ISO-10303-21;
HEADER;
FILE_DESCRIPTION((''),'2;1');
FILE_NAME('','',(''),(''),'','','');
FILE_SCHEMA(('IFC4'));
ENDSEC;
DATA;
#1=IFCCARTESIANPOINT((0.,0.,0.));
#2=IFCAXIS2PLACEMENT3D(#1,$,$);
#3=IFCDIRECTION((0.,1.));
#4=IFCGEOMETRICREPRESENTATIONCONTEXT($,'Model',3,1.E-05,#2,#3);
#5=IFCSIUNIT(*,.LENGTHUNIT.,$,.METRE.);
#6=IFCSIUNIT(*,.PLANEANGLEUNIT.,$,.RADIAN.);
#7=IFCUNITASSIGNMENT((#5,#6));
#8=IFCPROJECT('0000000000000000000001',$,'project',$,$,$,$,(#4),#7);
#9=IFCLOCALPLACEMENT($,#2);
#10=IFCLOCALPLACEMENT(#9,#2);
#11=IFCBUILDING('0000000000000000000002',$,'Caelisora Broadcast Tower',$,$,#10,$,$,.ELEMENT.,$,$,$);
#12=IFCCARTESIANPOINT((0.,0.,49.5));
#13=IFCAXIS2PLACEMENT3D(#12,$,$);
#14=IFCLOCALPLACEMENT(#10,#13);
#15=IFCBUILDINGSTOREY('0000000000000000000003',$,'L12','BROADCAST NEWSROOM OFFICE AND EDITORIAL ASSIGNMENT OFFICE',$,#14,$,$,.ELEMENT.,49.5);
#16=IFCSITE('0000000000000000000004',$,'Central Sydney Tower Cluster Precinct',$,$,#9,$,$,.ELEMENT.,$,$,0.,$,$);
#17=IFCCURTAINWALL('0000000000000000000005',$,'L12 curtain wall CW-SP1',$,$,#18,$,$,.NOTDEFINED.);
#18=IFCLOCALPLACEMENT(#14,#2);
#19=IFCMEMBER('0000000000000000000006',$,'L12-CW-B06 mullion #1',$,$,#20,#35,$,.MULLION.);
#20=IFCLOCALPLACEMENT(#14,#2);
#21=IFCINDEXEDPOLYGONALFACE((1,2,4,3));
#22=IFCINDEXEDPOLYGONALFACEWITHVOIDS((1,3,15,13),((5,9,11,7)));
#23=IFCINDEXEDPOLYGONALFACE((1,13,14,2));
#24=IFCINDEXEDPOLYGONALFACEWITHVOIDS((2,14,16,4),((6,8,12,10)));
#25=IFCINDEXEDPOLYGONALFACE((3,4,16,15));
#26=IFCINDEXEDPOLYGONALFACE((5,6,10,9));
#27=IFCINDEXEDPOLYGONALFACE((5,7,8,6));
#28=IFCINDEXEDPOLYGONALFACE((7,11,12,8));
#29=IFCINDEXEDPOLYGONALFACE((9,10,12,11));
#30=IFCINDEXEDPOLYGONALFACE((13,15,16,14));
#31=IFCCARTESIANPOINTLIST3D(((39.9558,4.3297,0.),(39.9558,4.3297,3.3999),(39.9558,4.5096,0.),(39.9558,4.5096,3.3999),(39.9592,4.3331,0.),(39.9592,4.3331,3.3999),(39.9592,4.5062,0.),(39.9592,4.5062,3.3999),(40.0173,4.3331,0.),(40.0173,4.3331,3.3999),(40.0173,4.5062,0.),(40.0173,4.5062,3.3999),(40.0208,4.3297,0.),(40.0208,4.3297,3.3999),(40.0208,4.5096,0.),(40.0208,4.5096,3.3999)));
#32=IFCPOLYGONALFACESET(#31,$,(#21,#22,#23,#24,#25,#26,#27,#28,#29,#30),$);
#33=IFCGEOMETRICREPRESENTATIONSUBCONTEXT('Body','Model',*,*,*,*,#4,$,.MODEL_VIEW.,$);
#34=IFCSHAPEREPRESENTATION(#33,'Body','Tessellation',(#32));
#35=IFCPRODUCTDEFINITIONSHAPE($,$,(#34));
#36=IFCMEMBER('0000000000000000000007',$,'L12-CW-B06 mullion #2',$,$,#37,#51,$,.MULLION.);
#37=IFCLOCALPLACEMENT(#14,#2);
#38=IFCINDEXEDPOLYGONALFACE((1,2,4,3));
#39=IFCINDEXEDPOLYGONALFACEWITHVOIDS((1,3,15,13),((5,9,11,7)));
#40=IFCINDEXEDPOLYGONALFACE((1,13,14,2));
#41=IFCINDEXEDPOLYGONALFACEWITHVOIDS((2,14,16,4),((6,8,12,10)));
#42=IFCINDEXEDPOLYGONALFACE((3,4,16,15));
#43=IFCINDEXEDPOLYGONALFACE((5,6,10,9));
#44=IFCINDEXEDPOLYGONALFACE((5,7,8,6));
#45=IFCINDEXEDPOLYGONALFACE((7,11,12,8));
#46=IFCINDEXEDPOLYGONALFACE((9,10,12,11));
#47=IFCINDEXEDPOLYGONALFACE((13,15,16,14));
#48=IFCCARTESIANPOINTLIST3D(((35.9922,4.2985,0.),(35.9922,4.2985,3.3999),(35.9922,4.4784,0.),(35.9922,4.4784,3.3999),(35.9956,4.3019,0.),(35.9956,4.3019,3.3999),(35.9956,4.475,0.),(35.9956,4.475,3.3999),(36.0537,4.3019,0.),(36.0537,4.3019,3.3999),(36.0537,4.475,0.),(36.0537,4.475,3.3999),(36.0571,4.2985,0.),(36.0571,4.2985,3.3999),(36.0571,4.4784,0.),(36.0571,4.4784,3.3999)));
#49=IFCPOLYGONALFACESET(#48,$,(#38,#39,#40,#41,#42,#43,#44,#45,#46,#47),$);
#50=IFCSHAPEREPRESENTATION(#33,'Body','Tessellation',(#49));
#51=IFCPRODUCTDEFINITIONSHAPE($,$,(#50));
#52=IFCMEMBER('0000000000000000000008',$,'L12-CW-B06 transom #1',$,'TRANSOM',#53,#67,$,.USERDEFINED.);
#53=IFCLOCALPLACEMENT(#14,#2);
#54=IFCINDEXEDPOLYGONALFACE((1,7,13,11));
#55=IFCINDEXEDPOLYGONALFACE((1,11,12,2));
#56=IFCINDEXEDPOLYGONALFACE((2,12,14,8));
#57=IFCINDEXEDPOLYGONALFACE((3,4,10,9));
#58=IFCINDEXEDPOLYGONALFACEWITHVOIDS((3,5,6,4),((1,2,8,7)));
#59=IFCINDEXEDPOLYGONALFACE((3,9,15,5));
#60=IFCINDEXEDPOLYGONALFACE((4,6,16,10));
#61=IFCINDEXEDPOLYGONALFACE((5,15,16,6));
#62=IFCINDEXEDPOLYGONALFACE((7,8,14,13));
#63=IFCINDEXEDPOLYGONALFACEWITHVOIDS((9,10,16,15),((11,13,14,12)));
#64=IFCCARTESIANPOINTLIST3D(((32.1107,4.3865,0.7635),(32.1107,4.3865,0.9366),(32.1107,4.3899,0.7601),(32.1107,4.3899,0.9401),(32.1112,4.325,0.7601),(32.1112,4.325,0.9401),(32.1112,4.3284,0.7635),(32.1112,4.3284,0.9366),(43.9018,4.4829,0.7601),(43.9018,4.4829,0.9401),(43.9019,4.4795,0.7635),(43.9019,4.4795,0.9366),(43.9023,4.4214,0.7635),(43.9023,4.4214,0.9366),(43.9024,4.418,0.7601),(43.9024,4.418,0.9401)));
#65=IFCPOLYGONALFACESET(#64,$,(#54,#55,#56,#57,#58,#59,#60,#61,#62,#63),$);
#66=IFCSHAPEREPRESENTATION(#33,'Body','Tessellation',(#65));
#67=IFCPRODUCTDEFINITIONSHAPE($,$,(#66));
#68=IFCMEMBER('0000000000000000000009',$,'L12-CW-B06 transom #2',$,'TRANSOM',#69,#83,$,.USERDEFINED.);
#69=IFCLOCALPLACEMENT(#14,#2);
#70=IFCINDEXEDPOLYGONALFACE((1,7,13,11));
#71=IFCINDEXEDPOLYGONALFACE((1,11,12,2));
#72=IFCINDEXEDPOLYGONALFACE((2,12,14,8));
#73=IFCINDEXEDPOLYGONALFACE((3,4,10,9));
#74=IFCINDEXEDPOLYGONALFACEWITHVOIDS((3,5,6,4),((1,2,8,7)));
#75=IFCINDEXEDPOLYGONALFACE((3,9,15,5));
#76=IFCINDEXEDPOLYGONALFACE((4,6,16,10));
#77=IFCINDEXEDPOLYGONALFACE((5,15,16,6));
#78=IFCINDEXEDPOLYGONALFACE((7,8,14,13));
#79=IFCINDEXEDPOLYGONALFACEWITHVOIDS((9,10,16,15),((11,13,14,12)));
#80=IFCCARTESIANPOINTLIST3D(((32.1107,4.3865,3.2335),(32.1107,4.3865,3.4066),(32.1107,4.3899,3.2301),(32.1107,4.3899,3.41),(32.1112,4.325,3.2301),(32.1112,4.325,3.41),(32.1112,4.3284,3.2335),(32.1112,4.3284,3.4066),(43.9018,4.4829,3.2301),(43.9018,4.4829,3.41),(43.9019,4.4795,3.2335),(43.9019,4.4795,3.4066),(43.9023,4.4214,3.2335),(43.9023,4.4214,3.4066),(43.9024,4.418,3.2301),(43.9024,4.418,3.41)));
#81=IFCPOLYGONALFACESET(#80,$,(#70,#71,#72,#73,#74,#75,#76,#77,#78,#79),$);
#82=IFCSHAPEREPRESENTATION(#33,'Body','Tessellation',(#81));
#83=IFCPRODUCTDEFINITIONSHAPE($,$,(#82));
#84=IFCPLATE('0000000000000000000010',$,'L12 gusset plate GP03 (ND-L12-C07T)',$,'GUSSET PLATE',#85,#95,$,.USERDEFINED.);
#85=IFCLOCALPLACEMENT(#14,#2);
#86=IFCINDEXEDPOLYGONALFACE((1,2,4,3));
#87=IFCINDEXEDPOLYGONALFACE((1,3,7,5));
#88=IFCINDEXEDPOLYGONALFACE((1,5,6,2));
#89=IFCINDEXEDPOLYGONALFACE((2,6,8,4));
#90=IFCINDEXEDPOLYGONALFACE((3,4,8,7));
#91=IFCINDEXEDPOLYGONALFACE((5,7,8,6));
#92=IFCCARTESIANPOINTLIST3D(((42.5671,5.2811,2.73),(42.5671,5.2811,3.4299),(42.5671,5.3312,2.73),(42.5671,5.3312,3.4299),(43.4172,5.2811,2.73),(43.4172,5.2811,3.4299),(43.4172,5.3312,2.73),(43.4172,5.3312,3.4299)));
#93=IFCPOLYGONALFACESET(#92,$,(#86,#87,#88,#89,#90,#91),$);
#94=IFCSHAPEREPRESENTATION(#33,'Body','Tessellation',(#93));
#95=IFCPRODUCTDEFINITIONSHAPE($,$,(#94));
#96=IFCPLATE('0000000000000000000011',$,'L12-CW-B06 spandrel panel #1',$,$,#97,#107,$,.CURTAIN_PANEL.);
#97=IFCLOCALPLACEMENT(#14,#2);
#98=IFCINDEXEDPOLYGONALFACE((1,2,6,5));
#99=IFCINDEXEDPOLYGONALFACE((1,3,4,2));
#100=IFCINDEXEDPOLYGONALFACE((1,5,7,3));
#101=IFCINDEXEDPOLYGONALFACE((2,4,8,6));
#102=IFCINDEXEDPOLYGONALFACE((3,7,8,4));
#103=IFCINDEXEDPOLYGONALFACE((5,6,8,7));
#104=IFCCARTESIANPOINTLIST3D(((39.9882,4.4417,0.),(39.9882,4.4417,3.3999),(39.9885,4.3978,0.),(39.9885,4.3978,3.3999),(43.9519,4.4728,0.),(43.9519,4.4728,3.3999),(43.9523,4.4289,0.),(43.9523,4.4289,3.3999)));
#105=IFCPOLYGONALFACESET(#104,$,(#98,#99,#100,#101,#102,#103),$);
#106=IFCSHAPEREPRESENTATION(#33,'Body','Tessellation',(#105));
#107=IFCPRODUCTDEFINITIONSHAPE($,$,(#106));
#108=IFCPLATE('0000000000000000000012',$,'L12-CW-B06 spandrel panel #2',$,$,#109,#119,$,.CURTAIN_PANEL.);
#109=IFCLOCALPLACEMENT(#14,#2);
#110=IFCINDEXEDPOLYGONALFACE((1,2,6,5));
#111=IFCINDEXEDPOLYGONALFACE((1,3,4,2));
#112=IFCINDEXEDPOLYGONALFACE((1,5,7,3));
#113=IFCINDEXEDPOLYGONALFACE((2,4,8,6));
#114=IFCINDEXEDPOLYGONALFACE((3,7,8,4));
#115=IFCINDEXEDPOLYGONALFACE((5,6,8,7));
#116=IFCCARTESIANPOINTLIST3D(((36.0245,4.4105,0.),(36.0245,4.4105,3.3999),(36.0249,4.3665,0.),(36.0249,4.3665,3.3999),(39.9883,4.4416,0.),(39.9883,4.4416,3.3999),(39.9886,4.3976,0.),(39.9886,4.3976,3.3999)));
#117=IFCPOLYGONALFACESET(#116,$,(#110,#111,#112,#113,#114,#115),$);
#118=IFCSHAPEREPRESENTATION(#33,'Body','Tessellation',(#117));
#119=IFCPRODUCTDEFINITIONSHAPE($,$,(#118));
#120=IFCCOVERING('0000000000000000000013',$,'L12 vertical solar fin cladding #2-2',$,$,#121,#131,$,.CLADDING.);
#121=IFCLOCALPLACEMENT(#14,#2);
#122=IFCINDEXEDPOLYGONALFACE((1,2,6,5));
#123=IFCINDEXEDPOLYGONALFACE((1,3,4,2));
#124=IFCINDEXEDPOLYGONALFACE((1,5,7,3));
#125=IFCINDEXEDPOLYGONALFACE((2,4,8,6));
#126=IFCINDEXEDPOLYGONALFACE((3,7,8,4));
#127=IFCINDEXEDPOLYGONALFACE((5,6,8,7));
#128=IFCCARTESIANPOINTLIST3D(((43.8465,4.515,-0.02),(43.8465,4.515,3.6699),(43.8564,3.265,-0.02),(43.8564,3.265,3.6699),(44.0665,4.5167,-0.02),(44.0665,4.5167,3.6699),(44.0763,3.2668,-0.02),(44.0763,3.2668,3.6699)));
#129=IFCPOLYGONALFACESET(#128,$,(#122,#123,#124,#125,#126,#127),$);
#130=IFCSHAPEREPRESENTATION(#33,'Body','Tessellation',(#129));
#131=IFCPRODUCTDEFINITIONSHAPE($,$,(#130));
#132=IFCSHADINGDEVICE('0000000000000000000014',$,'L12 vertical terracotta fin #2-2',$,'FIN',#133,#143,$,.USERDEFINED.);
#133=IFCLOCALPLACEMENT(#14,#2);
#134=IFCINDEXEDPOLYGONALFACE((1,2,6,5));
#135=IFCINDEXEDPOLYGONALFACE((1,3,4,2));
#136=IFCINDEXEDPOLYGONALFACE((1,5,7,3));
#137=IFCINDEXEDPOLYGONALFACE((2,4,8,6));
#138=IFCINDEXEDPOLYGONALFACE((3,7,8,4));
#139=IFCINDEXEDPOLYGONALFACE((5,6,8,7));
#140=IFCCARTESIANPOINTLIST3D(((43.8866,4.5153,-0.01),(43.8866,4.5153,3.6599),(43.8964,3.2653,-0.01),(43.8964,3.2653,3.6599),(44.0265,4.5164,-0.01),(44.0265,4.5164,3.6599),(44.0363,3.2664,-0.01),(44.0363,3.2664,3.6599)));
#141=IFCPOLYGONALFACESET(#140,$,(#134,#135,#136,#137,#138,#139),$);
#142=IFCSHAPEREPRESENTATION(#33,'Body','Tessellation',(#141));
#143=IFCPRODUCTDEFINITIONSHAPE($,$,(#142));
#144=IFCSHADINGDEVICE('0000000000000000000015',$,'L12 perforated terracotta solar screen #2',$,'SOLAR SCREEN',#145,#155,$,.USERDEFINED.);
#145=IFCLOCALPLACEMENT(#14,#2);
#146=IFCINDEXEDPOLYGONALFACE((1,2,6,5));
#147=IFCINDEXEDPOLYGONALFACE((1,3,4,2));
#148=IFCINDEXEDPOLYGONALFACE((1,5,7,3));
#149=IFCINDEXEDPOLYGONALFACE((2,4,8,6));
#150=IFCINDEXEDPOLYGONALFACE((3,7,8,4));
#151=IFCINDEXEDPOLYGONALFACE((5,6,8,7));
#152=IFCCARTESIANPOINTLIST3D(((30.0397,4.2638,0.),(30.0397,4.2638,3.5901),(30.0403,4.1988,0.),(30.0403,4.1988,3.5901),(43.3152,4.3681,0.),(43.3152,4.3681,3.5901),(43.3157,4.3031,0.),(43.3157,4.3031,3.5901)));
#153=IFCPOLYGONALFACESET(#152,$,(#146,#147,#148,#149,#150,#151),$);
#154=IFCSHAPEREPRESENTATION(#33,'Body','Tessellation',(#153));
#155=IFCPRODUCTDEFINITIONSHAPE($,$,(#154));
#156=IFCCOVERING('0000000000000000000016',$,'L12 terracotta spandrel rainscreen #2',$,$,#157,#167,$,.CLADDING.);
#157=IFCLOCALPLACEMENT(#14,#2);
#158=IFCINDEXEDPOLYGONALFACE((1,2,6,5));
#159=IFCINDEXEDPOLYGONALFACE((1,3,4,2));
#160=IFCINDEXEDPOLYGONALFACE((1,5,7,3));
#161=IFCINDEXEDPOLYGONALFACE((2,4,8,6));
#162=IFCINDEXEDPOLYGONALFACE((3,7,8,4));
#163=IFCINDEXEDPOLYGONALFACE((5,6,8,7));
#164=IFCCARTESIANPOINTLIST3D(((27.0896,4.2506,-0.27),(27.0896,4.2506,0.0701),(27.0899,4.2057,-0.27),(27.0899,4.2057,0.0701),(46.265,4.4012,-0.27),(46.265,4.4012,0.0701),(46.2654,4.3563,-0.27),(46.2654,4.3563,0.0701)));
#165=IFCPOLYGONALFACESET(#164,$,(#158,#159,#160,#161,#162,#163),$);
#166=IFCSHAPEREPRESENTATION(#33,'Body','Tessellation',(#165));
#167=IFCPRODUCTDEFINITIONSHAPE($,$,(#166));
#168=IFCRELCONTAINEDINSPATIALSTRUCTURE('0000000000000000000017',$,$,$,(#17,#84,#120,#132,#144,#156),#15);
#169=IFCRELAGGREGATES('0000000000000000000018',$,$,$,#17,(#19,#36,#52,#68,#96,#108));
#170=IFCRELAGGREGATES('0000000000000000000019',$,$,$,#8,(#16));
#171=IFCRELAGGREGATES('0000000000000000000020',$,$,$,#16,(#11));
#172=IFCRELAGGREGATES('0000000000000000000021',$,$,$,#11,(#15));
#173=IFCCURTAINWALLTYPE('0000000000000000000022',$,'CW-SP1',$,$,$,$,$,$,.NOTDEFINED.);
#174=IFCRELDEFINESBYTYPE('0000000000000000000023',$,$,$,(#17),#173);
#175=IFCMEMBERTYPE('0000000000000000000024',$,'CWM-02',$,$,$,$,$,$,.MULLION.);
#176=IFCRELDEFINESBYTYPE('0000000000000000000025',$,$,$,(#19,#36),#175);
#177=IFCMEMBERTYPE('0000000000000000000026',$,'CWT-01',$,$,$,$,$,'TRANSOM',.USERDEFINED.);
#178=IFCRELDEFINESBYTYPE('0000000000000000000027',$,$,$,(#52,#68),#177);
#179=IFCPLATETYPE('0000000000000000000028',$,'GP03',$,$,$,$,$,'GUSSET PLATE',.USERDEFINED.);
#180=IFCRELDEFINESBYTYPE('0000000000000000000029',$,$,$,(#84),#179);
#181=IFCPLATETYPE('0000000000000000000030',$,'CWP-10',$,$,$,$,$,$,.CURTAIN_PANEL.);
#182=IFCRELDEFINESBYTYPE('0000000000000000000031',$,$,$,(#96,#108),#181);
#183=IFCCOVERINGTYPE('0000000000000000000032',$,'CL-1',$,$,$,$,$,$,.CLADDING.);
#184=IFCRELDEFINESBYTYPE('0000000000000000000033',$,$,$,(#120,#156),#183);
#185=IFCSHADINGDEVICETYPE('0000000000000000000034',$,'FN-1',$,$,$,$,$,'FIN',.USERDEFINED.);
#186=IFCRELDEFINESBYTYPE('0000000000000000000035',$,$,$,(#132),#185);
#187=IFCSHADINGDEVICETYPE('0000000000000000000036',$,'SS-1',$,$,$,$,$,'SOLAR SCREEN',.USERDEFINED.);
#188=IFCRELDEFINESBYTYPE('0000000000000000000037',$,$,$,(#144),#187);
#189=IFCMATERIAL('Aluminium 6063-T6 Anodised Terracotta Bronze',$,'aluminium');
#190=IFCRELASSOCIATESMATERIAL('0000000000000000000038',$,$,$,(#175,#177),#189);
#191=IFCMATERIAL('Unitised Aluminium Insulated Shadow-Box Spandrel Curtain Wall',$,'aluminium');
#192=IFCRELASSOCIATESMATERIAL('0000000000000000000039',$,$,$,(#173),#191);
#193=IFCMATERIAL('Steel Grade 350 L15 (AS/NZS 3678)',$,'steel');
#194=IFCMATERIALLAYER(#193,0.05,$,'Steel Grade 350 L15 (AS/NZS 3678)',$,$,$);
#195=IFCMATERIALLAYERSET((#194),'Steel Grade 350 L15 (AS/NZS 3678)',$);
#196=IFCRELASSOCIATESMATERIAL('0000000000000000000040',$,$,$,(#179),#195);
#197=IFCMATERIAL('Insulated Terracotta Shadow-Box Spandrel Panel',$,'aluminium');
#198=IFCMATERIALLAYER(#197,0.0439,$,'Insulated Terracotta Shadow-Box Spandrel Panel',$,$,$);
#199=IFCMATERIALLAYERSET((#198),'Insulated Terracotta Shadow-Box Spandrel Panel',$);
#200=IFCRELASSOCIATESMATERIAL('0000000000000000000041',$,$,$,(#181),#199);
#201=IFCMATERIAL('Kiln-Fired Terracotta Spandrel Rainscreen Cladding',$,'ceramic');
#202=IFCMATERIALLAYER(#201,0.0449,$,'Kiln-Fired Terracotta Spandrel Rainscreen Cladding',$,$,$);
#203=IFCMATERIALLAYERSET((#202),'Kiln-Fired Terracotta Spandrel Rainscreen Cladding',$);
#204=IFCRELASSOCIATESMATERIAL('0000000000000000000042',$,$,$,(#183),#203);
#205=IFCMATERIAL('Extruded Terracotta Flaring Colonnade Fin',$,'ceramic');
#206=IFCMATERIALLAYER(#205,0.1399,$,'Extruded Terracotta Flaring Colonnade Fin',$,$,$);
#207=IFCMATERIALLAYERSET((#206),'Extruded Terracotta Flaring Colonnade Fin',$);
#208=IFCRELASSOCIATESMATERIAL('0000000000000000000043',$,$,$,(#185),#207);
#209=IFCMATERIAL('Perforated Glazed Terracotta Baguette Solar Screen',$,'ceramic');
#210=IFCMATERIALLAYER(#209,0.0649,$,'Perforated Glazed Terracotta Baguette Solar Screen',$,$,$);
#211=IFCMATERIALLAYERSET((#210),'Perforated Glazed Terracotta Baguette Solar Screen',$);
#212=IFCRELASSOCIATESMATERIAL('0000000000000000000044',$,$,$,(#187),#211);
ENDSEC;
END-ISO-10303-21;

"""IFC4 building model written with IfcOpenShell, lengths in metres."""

from ifc_helpers import new_model, si_unit, direction, frame, origin, origin_2d, place, context, subcontext, project, spatial, rectangle, hollow_rectangle, extrude, source, transform, mapped, material, layer, layer_set, material_profile, profile_set, type_object, type_shapes, element, aggregate, save


model = new_model("IFC4")

# Units and contexts
model_context = context("Model", 3, precision=1e-05, world=origin(), true_north=direction((0.0, 1.0)))
body_context = subcontext(model_context, "Body", "Model", "MODEL_VIEW")
ifc_project = project(units=[si_unit("LENGTHUNIT", "METRE"), si_unit("PLANEANGLEUNIT", "RADIAN")], contexts=[model_context])

# Site, building, storey
site_placement = place(None, origin())
site = spatial("IfcSite", under=ifc_project, at=site_placement, Name="Central Sydney Tower Cluster Precinct", CompositionType="ELEMENT", RefElevation=0.0)
building_placement = place(site_placement, origin())
building = spatial("IfcBuilding", under=site, at=building_placement, Name="Caelisora Broadcast Tower", CompositionType="ELEMENT")
storey_placement = place(building_placement, frame((0.0, 0.0, 49.5)))
storey = spatial("IfcBuildingStorey", under=building, at=storey_placement, Name="L12", Description="BROADCAST NEWSROOM OFFICE AND EDITORIAL ASSIGNMENT OFFICE", CompositionType="ELEMENT", Elevation=49.5)

# Shared definitions
ifc_material_1 = material(Name="Steel Grade 350 L15 (AS/NZS 3678)", Category="steel")

# Shared definitions
ifc_material_2 = material(Name="Aluminium 6063-T6 Anodised Terracotta Bronze", Category="aluminium")
ifc_material_profile_1 = material_profile(ifc_material_2, hollow_rectangle(XDim=0.0649, YDim=0.1799, WallThickness=0.0034, at=origin_2d()), Name="Aluminium 6063-T6 Anodised Terracotta Bronze")
ifc_profile_set_1 = profile_set([ifc_material_profile_1], Name="Aluminium 6063-T6 Anodised Terracotta Bronze")
member_type_1 = type_object("IfcMemberType", Name="CWM-02", PredefinedType="MULLION", material=ifc_profile_set_1)
shared_shape_1 = source(origin(), body_context, "Body", "SweptSolid", [
    extrude(hollow_rectangle(XDim=0.0649, YDim=0.1799, WallThickness=0.0034, at=origin_2d()), origin(), (0.0, 0.0, 1.0), 3.3999),
])
type_shapes(member_type_1, [shared_shape_1])

# Curtain wall, members
ifc_material_3 = material(Name="Unitised Aluminium Insulated Shadow-Box Spandrel Curtain Wall", Category="aluminium")
curtain_wall_type_1 = type_object("IfcCurtainWallType", Name="CW-SP1", PredefinedType="NOTDEFINED", material=ifc_material_3)
curtain_wall_1_placement = place(storey_placement, origin())
curtain_wall_1 = element("IfcCurtainWall", 1, at=curtain_wall_1_placement, inside=storey, type_object=curtain_wall_type_1, Name="L12 curtain wall CW-SP1", PredefinedType="NOTDEFINED")
member_1_placement = place(storey_placement, frame((39.9883, 4.4197, 0.0), z_axis=(0.0, 0.0, 1.0), x_axis=(1.0, 0.0, 0.0)))
member_1 = element("IfcMember", 2, at=member_1_placement, type_object=member_type_1, Name="L12-CW-B06 mullion #1", PredefinedType="MULLION", context=body_context, shape_type="MappedRepresentation", body=[
    mapped(shared_shape_1, transform((0.0, 0.0, 0.0), scale=1.0)),
])
member_2_placement = place(storey_placement, frame((36.0247, 4.3884, 0.0), z_axis=(0.0, 0.0, 1.0), x_axis=(1.0, 0.0, 0.0)))
member_2 = element("IfcMember", 3, at=member_2_placement, type_object=member_type_1, Name="L12-CW-B06 mullion #2", PredefinedType="MULLION", context=body_context, shape_type="MappedRepresentation", body=[
    mapped(shared_shape_1, transform((0.0, 0.0, 0.0), scale=1.0)),
])
ifc_material_profile_2 = material_profile(ifc_material_2, hollow_rectangle(XDim=0.0649, YDim=0.1799, WallThickness=0.0034, at=origin_2d()), Name="Aluminium 6063-T6 Anodised Terracotta Bronze")
ifc_profile_set_2 = profile_set([ifc_material_profile_2], Name="Aluminium 6063-T6 Anodised Terracotta Bronze")
member_type_2 = type_object("IfcMemberType", Name="CWT-01", ElementType="TRANSOM", PredefinedType="USERDEFINED", material=ifc_profile_set_2)
shared_shape_2 = source(origin(), body_context, "Body", "SweptSolid", [
    extrude(hollow_rectangle(XDim=0.0649, YDim=0.1799, WallThickness=0.0034, at=origin_2d()), origin(), (0.0, 0.0, 1.0), 11.7915),
])
type_shapes(member_type_2, [shared_shape_2])
member_3_placement = place(storey_placement, frame((43.9021, 4.4504, 0.8501), z_axis=(-0.999969, -0.007889, 0.0), x_axis=(0.007889, -0.999969, 0.0)))
member_3 = element("IfcMember", 4, at=member_3_placement, type_object=member_type_2, Name="L12-CW-B06 transom #1", ObjectType="TRANSOM", PredefinedType="USERDEFINED", context=body_context, shape_type="MappedRepresentation", body=[
    mapped(shared_shape_2, transform((0.0, 0.0, 0.0), scale=1.0)),
])
member_4_placement = place(storey_placement, frame((43.9021, 4.4504, 3.3201), z_axis=(-0.999969, -0.007889, 0.0), x_axis=(0.007889, -0.999969, 0.0)))
member_4 = element("IfcMember", 5, at=member_4_placement, type_object=member_type_2, Name="L12-CW-B06 transom #2", ObjectType="TRANSOM", PredefinedType="USERDEFINED", context=body_context, shape_type="MappedRepresentation", body=[
    mapped(shared_shape_2, transform((0.0, 0.0, 0.0), scale=1.0)),
])

# Plates
ifc_layer_1 = layer(ifc_material_1, 0.05, Name="Steel Grade 350 L15 (AS/NZS 3678)")
ifc_layer_set_1 = layer_set([ifc_layer_1], Name="Steel Grade 350 L15 (AS/NZS 3678)")
plate_type_1 = type_object("IfcPlateType", Name="GP03", ElementType="GUSSET PLATE", PredefinedType="USERDEFINED", material=ifc_layer_set_1)
shared_shape_3 = source(origin(), body_context, "Body", "SweptSolid", [
    extrude(rectangle(XDim=0.8501, YDim=0.05, at=origin_2d()), origin(), (0.0, 0.0, 1.0), 0.7),
])
type_shapes(plate_type_1, [shared_shape_3])
plate_1_placement = place(storey_placement, frame((42.9922, 5.3062, 2.73), z_axis=(0.0, 0.0, 1.0), x_axis=(1.0, 0.0, 0.0)))
element("IfcPlate", 6, at=plate_1_placement, inside=storey, type_object=plate_type_1, Name="L12 gusset plate GP03 (ND-L12-C07T)", ObjectType="GUSSET PLATE", PredefinedType="USERDEFINED", context=body_context, shape_type="MappedRepresentation", body=[
    mapped(shared_shape_3, transform((0.0, 0.0, 0.0), scale=1.0)),
])
ifc_material_4 = material(Name="Insulated Terracotta Shadow-Box Spandrel Panel", Category="aluminium")
ifc_layer_2 = layer(ifc_material_4, 0.0439, Name="Insulated Terracotta Shadow-Box Spandrel Panel")
ifc_layer_set_2 = layer_set([ifc_layer_2], Name="Insulated Terracotta Shadow-Box Spandrel Panel")
plate_type_2 = type_object("IfcPlateType", Name="CWP-10", PredefinedType="CURTAIN_PANEL", material=ifc_layer_set_2)
shared_shape_4 = source(origin(), body_context, "Body", "SweptSolid", [
    extrude(rectangle(XDim=3.9639, YDim=0.0439, at=origin_2d()), origin(), (0.0, 0.0, 1.0), 3.3999),
])
type_shapes(plate_type_2, [shared_shape_4])
plate_2_placement = place(storey_placement, frame((41.9702, 4.4353, 0.0), z_axis=(0.0, 0.0, 1.0), x_axis=(-0.999969, -0.007854, 0.0)))
plate_2 = element("IfcPlate", 7, at=plate_2_placement, type_object=plate_type_2, Name="L12-CW-B06 spandrel panel #1", PredefinedType="CURTAIN_PANEL", context=body_context, shape_type="MappedRepresentation", body=[
    mapped(shared_shape_4, transform((0.0, 0.0, 0.0), scale=1.0)),
])
plate_3_placement = place(storey_placement, frame((38.0066, 4.4041, 0.0), z_axis=(0.0, 0.0, 1.0), x_axis=(-0.999969, -0.007854, 0.0)))
plate_3 = element("IfcPlate", 8, at=plate_3_placement, type_object=plate_type_2, Name="L12-CW-B06 spandrel panel #2", PredefinedType="CURTAIN_PANEL", context=body_context, shape_type="MappedRepresentation", body=[
    mapped(shared_shape_4, transform((0.0, 0.0, 0.0), scale=1.0)),
])
aggregate(curtain_wall_1, [member_1, member_2, member_3, member_4, plate_2, plate_3])

# Covering
ifc_material_5 = material(Name="Kiln-Fired Terracotta Spandrel Rainscreen Cladding", Category="ceramic")
ifc_layer_3 = layer(ifc_material_5, 0.0449, Name="Kiln-Fired Terracotta Spandrel Rainscreen Cladding")
ifc_layer_set_3 = layer_set([ifc_layer_3], Name="Kiln-Fired Terracotta Spandrel Rainscreen Cladding")
covering_type = type_object("IfcCoveringType", Name="CL-1", PredefinedType="CLADDING", material=ifc_layer_set_3)
shared_shape_5 = source(origin(), body_context, "Body", "SweptSolid", [
    extrude(rectangle(XDim=0.22, YDim=1.25, at=origin_2d()), origin(), (0.0, 0.0, 1.0), 3.6899),
])
covering_1_placement = place(storey_placement, frame((43.9614, 3.8909, -0.02), z_axis=(0.0, 0.0, 1.0), x_axis=(-0.999969, -0.007854, 0.0)))
element("IfcCovering", 9, at=covering_1_placement, inside=storey, type_object=covering_type, Name="L12 vertical solar fin cladding #2-2", PredefinedType="CLADDING", context=body_context, shape_type="MappedRepresentation", body=[
    mapped(shared_shape_5, transform((0.0, 0.0, 0.0), scale=1.0)),
])

# Shading devices
ifc_material_6 = material(Name="Extruded Terracotta Flaring Colonnade Fin", Category="ceramic")
ifc_layer_4 = layer(ifc_material_6, 0.1399, Name="Extruded Terracotta Flaring Colonnade Fin")
ifc_layer_set_4 = layer_set([ifc_layer_4], Name="Extruded Terracotta Flaring Colonnade Fin")
shading_device_type_1 = type_object("IfcShadingDeviceType", Name="FN-1", ElementType="FIN", PredefinedType="USERDEFINED", material=ifc_layer_set_4)
shared_shape_6 = source(origin(), body_context, "Body", "SweptSolid", [
    extrude(rectangle(XDim=0.1399, YDim=1.25, at=origin_2d()), origin(), (0.0, 0.0, 1.0), 3.6699),
])
type_shapes(shading_device_type_1, [shared_shape_6])
shading_device_1_placement = place(storey_placement, frame((43.9614, 3.8909, -0.01), z_axis=(0.0, 0.0, 1.0), x_axis=(-0.999969, -0.007854, 0.0)))
element("IfcShadingDevice", 10, at=shading_device_1_placement, inside=storey, type_object=shading_device_type_1, Name="L12 vertical terracotta fin #2-2", ObjectType="FIN", PredefinedType="USERDEFINED", context=body_context, shape_type="MappedRepresentation", body=[
    mapped(shared_shape_6, transform((0.0, 0.0, 0.0), scale=1.0)),
])
ifc_material_7 = material(Name="Perforated Glazed Terracotta Baguette Solar Screen", Category="ceramic")
ifc_layer_5 = layer(ifc_material_7, 0.0649, Name="Perforated Glazed Terracotta Baguette Solar Screen")
ifc_layer_set_5 = layer_set([ifc_layer_5], Name="Perforated Glazed Terracotta Baguette Solar Screen")
shading_device_type_2 = type_object("IfcShadingDeviceType", Name="SS-1", ElementType="SOLAR SCREEN", PredefinedType="USERDEFINED", material=ifc_layer_set_5)
shared_shape_7 = source(origin(), body_context, "Body", "SweptSolid", [
    extrude(rectangle(XDim=13.2759, YDim=0.0649, at=origin_2d()), origin(), (0.0, 0.0, 1.0), 3.5901),
])
type_shapes(shading_device_type_2, [shared_shape_7])
shading_device_2_placement = place(storey_placement, frame((36.6777, 4.2834, 0.0), z_axis=(0.0, 0.0, 1.0), x_axis=(0.999969, 0.007854, 0.0)))
element("IfcShadingDevice", 11, at=shading_device_2_placement, inside=storey, type_object=shading_device_type_2, Name="L12 perforated terracotta solar screen #2", ObjectType="SOLAR SCREEN", PredefinedType="USERDEFINED", context=body_context, shape_type="MappedRepresentation", body=[
    mapped(shared_shape_7, transform((0.0, 0.0, 0.0), scale=1.0)),
])

# Covering
shared_shape_8 = source(origin(), body_context, "Body", "SweptSolid", [
    extrude(rectangle(XDim=19.176, YDim=0.0449, at=origin_2d()), origin(), (0.0, 0.0, 1.0), 0.3401),
])
type_shapes(covering_type, [shared_shape_5, shared_shape_8])
covering_2_placement = place(storey_placement, frame((36.6775, 4.3035, -0.27), z_axis=(0.0, 0.0, 1.0), x_axis=(0.999969, 0.007854, 0.0)))
element("IfcCovering", 12, at=covering_2_placement, inside=storey, type_object=covering_type, Name="L12 terracotta spandrel rainscreen #2", PredefinedType="CLADDING", context=body_context, shape_type="MappedRepresentation", body=[
    mapped(shared_shape_8, transform((0.0, 0.0, 0.0), scale=1.0)),
])

save(model, "model.ifc")
